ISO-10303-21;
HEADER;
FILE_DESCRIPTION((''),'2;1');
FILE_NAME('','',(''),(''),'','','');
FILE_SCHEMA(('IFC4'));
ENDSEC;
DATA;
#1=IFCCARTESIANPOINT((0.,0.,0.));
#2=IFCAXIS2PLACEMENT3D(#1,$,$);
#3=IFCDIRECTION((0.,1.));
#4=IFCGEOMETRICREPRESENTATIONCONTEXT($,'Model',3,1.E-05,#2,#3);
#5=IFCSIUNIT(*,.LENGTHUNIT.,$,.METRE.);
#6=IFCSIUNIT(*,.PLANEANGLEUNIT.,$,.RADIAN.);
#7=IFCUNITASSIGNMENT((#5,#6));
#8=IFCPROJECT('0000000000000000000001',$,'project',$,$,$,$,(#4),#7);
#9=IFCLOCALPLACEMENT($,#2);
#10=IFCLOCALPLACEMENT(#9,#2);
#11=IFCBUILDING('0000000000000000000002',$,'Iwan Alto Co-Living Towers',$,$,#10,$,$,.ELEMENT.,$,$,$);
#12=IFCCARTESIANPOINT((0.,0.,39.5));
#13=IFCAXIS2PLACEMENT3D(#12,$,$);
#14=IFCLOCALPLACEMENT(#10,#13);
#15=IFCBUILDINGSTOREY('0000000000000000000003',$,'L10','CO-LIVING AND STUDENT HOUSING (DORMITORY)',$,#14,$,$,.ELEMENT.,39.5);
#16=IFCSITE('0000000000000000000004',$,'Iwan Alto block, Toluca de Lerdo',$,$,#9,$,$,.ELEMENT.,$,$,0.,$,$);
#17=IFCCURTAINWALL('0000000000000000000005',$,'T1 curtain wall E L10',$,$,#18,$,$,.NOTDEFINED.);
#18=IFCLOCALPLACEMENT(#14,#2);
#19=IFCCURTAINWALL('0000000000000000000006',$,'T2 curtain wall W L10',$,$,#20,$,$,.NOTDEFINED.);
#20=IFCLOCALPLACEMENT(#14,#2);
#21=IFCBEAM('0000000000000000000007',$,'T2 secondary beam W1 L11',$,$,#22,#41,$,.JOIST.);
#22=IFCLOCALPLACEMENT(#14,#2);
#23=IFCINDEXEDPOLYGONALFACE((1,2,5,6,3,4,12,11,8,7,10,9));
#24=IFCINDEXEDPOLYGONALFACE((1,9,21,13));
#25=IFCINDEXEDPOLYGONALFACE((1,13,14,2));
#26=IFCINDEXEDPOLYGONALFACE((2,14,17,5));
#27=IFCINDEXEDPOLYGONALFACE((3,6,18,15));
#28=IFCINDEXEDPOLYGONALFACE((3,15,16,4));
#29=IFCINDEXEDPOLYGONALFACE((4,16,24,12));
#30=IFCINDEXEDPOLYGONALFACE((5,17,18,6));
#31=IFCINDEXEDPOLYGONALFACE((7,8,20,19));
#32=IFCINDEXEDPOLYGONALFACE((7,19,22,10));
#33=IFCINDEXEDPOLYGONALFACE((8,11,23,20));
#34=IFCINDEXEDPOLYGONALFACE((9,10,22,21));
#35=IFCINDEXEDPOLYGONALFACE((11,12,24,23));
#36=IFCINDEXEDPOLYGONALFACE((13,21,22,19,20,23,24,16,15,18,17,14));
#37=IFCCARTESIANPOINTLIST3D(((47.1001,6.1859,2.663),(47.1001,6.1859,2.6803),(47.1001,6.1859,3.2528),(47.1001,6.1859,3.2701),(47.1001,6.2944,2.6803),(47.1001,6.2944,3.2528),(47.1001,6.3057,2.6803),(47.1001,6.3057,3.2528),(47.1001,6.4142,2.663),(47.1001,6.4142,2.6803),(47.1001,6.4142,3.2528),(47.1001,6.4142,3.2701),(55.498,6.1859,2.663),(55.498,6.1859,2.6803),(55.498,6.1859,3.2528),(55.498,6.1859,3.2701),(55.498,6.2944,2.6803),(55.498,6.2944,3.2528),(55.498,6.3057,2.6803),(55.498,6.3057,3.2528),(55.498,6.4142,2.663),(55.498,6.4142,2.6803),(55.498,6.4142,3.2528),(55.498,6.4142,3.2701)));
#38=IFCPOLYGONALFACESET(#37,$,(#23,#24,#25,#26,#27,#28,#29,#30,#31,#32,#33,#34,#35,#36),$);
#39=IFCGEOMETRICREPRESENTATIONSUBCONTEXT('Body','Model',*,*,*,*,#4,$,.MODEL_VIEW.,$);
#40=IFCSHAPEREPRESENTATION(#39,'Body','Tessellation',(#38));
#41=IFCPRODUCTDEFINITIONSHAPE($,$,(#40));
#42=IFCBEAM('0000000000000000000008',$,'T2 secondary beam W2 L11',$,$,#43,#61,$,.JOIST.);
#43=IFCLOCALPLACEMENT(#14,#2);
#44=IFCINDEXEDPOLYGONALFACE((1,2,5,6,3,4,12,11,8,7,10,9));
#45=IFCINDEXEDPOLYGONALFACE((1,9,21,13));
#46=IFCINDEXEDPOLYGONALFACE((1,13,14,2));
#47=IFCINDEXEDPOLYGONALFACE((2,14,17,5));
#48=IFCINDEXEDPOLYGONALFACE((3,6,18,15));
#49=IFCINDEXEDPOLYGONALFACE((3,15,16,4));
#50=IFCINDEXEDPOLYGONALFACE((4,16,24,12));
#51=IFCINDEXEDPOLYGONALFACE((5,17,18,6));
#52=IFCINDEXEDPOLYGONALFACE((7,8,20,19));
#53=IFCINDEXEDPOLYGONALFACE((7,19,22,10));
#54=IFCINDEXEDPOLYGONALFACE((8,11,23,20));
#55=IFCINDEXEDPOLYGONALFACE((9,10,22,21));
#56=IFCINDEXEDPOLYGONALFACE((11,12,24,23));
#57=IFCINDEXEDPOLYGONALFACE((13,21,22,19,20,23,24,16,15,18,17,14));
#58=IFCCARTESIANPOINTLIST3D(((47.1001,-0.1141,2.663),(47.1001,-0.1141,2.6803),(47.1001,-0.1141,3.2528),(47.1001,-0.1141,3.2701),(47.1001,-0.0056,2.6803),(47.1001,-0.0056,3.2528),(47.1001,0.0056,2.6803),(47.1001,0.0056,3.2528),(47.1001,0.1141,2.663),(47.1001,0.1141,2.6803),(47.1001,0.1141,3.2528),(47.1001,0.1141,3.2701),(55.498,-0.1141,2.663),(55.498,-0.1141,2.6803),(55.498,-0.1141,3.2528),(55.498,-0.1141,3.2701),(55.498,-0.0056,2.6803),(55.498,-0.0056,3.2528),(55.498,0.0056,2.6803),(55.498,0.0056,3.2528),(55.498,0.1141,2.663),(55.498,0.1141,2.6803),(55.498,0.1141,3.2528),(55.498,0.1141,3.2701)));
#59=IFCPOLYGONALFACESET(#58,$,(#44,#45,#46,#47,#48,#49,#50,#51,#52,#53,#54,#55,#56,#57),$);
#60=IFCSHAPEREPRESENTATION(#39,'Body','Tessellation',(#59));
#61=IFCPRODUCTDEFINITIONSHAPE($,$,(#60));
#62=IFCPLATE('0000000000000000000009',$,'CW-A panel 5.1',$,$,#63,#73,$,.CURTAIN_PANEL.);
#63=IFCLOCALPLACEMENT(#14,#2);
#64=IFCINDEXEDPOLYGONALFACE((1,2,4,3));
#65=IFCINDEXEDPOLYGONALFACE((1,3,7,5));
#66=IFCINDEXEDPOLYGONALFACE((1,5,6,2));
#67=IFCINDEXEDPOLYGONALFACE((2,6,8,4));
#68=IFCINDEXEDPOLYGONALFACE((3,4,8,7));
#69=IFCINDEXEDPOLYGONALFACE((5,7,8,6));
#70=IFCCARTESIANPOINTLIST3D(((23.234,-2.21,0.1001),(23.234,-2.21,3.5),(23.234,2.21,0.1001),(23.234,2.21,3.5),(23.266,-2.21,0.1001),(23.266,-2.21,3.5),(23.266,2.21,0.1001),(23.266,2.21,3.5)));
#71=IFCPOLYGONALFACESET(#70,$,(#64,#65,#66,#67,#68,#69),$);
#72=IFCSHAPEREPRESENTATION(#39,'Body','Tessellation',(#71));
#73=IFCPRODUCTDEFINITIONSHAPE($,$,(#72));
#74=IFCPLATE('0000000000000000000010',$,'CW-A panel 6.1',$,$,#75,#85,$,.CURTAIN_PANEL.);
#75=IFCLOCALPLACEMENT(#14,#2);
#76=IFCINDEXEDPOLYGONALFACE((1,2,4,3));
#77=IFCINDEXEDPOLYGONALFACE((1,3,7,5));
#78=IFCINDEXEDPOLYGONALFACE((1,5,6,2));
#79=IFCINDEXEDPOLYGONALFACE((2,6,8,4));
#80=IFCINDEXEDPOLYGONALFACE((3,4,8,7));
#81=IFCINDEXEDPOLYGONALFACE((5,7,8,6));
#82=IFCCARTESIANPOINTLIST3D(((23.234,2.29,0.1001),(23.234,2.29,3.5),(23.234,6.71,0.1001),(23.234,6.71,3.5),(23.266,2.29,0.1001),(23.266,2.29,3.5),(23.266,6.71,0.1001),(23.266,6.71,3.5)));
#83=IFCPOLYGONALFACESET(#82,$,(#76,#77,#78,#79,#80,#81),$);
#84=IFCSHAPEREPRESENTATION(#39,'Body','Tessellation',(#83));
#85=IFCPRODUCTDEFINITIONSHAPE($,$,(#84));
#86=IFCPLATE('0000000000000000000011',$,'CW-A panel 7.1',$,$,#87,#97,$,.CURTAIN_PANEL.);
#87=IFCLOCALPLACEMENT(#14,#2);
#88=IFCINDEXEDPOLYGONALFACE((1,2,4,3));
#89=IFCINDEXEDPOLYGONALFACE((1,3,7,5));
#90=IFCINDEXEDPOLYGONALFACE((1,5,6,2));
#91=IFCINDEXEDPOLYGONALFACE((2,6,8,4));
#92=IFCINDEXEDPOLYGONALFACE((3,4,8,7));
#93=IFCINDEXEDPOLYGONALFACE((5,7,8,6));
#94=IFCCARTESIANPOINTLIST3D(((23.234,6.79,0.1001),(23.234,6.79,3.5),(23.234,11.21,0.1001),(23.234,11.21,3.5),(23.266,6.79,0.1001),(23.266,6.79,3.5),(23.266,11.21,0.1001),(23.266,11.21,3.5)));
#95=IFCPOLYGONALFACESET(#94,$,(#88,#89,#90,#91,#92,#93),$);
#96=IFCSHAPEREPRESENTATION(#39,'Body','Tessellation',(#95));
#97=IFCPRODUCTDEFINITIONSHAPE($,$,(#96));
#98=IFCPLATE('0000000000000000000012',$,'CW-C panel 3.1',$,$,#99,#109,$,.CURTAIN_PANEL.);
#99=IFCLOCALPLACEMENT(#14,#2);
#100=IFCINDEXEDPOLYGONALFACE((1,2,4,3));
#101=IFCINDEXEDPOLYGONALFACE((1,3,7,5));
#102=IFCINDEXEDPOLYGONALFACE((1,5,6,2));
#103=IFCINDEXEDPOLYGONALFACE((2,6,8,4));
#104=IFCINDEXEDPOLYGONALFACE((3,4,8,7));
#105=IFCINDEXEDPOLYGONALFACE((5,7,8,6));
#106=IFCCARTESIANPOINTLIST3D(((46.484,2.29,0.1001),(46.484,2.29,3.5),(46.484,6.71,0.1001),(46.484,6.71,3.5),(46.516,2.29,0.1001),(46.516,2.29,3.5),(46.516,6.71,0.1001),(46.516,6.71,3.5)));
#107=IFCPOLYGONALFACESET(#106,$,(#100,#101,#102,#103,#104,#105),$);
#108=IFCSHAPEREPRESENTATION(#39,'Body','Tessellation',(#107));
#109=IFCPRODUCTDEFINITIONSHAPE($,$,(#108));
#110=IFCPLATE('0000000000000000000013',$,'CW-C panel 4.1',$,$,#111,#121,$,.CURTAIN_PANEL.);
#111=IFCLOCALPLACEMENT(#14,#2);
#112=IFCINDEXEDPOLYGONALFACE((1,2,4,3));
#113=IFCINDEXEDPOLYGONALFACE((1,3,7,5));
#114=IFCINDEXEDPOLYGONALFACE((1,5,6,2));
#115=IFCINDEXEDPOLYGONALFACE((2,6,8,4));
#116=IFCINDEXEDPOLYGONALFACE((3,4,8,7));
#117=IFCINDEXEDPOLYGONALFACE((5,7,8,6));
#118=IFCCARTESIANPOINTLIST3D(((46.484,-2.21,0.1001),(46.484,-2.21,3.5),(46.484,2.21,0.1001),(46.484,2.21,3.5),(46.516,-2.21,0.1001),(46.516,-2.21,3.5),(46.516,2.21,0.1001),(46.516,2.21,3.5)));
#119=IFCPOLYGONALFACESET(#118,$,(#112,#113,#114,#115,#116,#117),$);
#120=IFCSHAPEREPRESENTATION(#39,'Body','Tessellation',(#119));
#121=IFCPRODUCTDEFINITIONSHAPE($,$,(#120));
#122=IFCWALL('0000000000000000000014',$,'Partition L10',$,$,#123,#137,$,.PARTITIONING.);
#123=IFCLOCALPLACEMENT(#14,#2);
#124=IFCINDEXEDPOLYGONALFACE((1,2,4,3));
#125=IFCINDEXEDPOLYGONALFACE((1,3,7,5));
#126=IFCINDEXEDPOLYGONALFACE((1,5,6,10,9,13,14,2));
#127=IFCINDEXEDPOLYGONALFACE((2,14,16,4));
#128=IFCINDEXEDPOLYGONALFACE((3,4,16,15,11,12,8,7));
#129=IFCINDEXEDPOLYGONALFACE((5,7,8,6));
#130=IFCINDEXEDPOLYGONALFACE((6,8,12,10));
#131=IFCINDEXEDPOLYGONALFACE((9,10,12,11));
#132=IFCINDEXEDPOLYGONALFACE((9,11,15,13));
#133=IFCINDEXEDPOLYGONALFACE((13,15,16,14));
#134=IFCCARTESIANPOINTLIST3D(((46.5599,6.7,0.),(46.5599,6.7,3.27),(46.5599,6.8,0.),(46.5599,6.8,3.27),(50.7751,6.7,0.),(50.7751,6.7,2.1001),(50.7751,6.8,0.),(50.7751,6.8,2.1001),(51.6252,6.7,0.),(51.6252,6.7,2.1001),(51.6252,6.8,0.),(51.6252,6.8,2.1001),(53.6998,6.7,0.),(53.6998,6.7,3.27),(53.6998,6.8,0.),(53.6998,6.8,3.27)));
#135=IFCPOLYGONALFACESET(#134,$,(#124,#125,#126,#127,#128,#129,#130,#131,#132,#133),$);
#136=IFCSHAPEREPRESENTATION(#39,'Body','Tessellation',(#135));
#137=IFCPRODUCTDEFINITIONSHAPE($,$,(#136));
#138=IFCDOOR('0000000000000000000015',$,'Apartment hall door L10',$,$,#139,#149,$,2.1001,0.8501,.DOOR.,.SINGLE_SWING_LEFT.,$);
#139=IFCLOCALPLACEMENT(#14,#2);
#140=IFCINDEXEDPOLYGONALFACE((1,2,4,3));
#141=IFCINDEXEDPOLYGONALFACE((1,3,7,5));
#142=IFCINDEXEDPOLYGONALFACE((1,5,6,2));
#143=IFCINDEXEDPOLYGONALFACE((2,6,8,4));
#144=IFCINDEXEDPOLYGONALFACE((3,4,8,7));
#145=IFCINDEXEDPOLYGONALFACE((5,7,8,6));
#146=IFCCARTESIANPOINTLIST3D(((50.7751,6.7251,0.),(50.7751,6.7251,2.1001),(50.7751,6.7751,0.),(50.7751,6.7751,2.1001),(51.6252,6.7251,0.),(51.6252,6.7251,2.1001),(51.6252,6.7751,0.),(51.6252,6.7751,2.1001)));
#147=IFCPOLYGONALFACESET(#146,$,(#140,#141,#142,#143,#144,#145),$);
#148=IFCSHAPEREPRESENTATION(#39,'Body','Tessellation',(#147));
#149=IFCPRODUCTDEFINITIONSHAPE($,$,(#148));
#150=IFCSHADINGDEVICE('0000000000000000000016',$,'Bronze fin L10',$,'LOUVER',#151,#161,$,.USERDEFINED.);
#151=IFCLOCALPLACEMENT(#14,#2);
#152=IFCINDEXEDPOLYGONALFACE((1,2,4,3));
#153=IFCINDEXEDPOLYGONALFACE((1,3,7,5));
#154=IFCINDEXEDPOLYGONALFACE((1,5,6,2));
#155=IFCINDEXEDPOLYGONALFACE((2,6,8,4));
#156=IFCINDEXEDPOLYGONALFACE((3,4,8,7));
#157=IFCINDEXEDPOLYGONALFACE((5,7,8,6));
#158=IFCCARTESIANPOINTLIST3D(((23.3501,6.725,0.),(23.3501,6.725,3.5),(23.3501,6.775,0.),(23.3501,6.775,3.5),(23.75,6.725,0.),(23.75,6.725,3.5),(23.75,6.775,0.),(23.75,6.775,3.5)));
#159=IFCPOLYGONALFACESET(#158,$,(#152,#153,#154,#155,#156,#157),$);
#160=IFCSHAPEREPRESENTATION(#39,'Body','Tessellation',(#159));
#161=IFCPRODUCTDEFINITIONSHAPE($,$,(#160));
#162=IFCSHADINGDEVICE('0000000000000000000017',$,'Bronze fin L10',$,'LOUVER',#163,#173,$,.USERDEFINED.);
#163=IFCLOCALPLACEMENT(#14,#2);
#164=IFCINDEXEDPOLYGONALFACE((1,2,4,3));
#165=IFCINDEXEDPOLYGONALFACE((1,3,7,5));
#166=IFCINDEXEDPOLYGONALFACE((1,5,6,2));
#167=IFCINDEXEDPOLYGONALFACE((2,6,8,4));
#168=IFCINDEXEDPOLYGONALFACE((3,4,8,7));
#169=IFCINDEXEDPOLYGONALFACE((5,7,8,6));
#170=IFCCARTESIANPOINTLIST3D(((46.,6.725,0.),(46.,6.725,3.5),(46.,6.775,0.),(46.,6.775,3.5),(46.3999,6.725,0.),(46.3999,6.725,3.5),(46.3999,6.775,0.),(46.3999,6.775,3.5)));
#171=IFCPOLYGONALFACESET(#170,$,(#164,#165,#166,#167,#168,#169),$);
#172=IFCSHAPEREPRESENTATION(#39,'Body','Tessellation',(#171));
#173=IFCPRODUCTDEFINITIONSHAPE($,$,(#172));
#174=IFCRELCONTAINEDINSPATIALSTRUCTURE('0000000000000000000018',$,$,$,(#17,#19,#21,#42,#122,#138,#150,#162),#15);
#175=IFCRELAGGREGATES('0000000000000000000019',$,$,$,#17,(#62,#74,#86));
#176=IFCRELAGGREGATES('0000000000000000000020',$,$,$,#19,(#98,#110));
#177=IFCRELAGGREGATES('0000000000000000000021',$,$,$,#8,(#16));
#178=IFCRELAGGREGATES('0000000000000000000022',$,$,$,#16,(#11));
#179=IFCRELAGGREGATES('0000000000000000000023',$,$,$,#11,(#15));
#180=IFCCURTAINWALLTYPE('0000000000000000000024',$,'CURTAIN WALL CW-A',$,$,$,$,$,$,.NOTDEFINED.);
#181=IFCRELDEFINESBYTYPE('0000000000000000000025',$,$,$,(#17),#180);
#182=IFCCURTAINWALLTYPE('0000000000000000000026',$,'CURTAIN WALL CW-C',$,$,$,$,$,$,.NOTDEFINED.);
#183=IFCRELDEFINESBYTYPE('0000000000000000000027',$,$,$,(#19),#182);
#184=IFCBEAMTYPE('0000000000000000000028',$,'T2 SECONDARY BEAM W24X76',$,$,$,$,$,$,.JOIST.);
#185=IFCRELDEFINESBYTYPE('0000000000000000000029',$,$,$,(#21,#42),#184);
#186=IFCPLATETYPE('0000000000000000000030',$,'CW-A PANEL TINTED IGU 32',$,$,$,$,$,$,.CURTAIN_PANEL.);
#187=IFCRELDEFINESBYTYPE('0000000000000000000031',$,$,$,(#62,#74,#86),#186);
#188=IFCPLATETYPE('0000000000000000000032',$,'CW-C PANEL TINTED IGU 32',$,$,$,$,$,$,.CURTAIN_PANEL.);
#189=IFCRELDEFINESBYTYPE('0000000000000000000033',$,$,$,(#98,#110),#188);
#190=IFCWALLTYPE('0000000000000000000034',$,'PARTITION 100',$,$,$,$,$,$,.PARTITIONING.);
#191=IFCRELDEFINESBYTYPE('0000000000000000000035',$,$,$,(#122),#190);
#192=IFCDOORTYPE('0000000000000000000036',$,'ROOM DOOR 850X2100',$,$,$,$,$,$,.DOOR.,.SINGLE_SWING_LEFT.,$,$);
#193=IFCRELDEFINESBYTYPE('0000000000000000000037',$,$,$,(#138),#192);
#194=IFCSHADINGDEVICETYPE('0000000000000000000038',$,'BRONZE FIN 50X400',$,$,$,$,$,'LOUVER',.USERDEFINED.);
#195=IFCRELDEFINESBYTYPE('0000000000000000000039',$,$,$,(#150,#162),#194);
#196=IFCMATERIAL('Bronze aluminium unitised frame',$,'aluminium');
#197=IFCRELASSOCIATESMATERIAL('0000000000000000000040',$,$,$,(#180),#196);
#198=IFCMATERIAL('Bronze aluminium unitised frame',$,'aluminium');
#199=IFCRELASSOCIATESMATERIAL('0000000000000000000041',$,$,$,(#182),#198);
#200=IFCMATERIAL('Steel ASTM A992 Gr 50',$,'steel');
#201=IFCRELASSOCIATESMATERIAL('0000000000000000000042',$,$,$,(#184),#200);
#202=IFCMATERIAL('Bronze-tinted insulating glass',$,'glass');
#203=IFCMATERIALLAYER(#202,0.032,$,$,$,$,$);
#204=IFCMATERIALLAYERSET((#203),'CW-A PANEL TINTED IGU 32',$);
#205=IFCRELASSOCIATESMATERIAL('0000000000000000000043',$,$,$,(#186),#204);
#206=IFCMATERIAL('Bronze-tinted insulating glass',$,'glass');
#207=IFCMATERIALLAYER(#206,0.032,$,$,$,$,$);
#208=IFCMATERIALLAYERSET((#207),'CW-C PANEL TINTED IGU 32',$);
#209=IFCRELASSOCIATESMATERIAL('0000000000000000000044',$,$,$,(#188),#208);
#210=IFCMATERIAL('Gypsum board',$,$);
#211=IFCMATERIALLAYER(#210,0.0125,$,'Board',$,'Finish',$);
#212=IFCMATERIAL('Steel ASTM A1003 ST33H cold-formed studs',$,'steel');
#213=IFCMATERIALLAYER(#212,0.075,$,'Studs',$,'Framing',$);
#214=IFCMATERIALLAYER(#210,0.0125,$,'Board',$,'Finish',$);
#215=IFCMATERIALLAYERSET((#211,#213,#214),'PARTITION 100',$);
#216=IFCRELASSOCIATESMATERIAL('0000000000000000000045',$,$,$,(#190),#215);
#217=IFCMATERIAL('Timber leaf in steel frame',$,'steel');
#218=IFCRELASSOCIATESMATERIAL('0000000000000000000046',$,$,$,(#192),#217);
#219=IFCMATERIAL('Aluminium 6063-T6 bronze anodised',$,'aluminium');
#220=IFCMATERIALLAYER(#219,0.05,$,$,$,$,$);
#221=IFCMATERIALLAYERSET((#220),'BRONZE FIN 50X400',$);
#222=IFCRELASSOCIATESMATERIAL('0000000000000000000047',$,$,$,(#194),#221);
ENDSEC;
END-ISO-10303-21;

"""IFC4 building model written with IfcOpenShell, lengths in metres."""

from ifc_helpers import new_model, si_unit, direction, frame, frame_2d, origin, origin_2d, place, context, subcontext, project, spatial, rectangle, i_section, extrude, material, layer, layer_set, material_profile, profile_set, type_object, element, fill, aggregate, save


model = new_model("IFC4")

# Units and contexts
model_context = context("Model", 3, precision=1e-05, world=origin(), true_north=direction((0.0, 1.0)))
body_context = subcontext(model_context, "Body", "Model", "MODEL_VIEW")
ifc_project = project(units=[si_unit("LENGTHUNIT", "METRE"), si_unit("PLANEANGLEUNIT", "RADIAN")], contexts=[model_context])

# Site, building, storey
site_placement = place(None, origin())
site = spatial("IfcSite", under=ifc_project, at=site_placement, Name="Iwan Alto block, Toluca de Lerdo", CompositionType="ELEMENT", RefElevation=0.0)
building_placement = place(site_placement, origin())
building = spatial("IfcBuilding", under=site, at=building_placement, Name="Iwan Alto Co-Living Towers", CompositionType="ELEMENT")
storey_placement = place(building_placement, frame((0.0, 0.0, 39.5)))
storey = spatial("IfcBuildingStorey", under=building, at=storey_placement, Name="L10", Description="CO-LIVING AND STUDENT HOUSING (DORMITORY)", CompositionType="ELEMENT", Elevation=39.5)

# Curtain walls
ifc_material_1 = material(Name="Bronze aluminium unitised frame", Category="aluminium")
curtain_wall_type_1 = type_object("IfcCurtainWallType", Name="CURTAIN WALL CW-A", PredefinedType="NOTDEFINED", material=ifc_material_1)
curtain_wall_1_placement = place(storey_placement, origin())
curtain_wall_1 = element("IfcCurtainWall", 1, at=curtain_wall_1_placement, inside=storey, type_object=curtain_wall_type_1, Name="T1 curtain wall E L10", PredefinedType="NOTDEFINED")
ifc_material_2 = material(Name="Bronze aluminium unitised frame", Category="aluminium")
curtain_wall_type_2 = type_object("IfcCurtainWallType", Name="CURTAIN WALL CW-C", PredefinedType="NOTDEFINED", material=ifc_material_2)
curtain_wall_2_placement = place(storey_placement, origin())
curtain_wall_2 = element("IfcCurtainWall", 2, at=curtain_wall_2_placement, inside=storey, type_object=curtain_wall_type_2, Name="T2 curtain wall W L10", PredefinedType="NOTDEFINED")

# Beams
ifc_material_3 = material(Name="Steel ASTM A992 Gr 50", Category="steel")
ifc_material_profile_1 = material_profile(ifc_material_3, i_section(OverallWidth=0.2283, OverallDepth=0.6072, WebThickness=0.0112, FlangeThickness=0.0173, at=origin_2d()), Name="W24X76")
ifc_profile_set_1 = profile_set([ifc_material_profile_1], Name="Steel ASTM A992 Gr 50")
beam_type_1 = type_object("IfcBeamType", Name="T2 SECONDARY BEAM W24X76", PredefinedType="JOIST", material=ifc_profile_set_1)
for number, where, z_axis, x_axis, name in (
    (3, (47.1001, 6.3, 2.9666), (1.0, 0.0, 0.0), (0.0, 1.0, 0.0), "T2 secondary beam W1 L11"),
    (4, (47.1001, 0.0, 2.9666), (1.0, 0.0, 0.0), (0.0, 1.0, 0.0), "T2 secondary beam W2 L11"),
):
    element("IfcBeam", number, at=place(storey_placement, frame(where, z_axis=z_axis, x_axis=x_axis)), inside=storey, type_object=beam_type_1, Name=name, PredefinedType="JOIST", context=body_context, shape_type="SweptSolid", body=[
        extrude(i_section(OverallWidth=0.2283, OverallDepth=0.6072, WebThickness=0.0112, FlangeThickness=0.0173, at=origin_2d()), origin(), (0.0, 0.0, 1.0), 8.3979),
    ])

# Plates
ifc_material_4 = material(Name="Bronze-tinted insulating glass", Category="glass")
ifc_layer_1 = layer(ifc_material_4, 0.032)
ifc_layer_set_1 = layer_set([ifc_layer_1], Name="CW-A PANEL TINTED IGU 32")
plate_type_1 = type_object("IfcPlateType", Name="CW-A PANEL TINTED IGU 32", PredefinedType="CURTAIN_PANEL", material=ifc_layer_set_1)
plate_1_placement = place(storey_placement, frame((23.25, 0.0, 0.1001), z_axis=(0.0, 0.0, 1.0), x_axis=(0.0, 1.0, 0.0)))
plate_1 = element("IfcPlate", 5, at=plate_1_placement, type_object=plate_type_1, Name="CW-A panel 5.1", PredefinedType="CURTAIN_PANEL", context=body_context, shape_type="SweptSolid", body=[
    extrude(rectangle(XDim=4.4199, YDim=0.032, at=origin_2d()), origin(), (0.0, 0.0, 1.0), 3.3999),
])
plate_2_placement = place(storey_placement, frame((23.25, 4.5, 0.1001), z_axis=(0.0, 0.0, 1.0), x_axis=(0.0, 1.0, 0.0)))
plate_2 = element("IfcPlate", 6, at=plate_2_placement, type_object=plate_type_1, Name="CW-A panel 6.1", PredefinedType="CURTAIN_PANEL", context=body_context, shape_type="SweptSolid", body=[
    extrude(rectangle(XDim=4.4199, YDim=0.032, at=origin_2d()), origin(), (0.0, 0.0, 1.0), 3.3999),
])
plate_3_placement = place(storey_placement, frame((23.25, 9.0, 0.1001), z_axis=(0.0, 0.0, 1.0), x_axis=(0.0, 1.0, 0.0)))
plate_3 = element("IfcPlate", 7, at=plate_3_placement, type_object=plate_type_1, Name="CW-A panel 7.1", PredefinedType="CURTAIN_PANEL", context=body_context, shape_type="SweptSolid", body=[
    extrude(rectangle(XDim=4.4199, YDim=0.032, at=origin_2d()), origin(), (0.0, 0.0, 1.0), 3.3999),
])
aggregate(curtain_wall_1, [plate_1, plate_2, plate_3])
ifc_material_5 = material(Name="Bronze-tinted insulating glass", Category="glass")
ifc_layer_2 = layer(ifc_material_5, 0.032)
ifc_layer_set_2 = layer_set([ifc_layer_2], Name="CW-C PANEL TINTED IGU 32")
plate_type_2 = type_object("IfcPlateType", Name="CW-C PANEL TINTED IGU 32", PredefinedType="CURTAIN_PANEL", material=ifc_layer_set_2)
plate_4_placement = place(storey_placement, frame((46.5, 4.5, 0.1001), z_axis=(0.0, 0.0, 1.0), x_axis=(0.0, -1.0, 0.0)))
plate_4 = element("IfcPlate", 8, at=plate_4_placement, type_object=plate_type_2, Name="CW-C panel 3.1", PredefinedType="CURTAIN_PANEL", context=body_context, shape_type="SweptSolid", body=[
    extrude(rectangle(XDim=4.4199, YDim=0.032, at=origin_2d()), origin(), (0.0, 0.0, 1.0), 3.3999),
])
plate_5_placement = place(storey_placement, frame((46.5, 0.0, 0.1001), z_axis=(0.0, 0.0, 1.0), x_axis=(0.0, -1.0, 0.0)))
plate_5 = element("IfcPlate", 9, at=plate_5_placement, type_object=plate_type_2, Name="CW-C panel 4.1", PredefinedType="CURTAIN_PANEL", context=body_context, shape_type="SweptSolid", body=[
    extrude(rectangle(XDim=4.4199, YDim=0.032, at=origin_2d()), origin(), (0.0, 0.0, 1.0), 3.3999),
])
aggregate(curtain_wall_2, [plate_4, plate_5])

# Wall, opening, door
ifc_material_6 = material(Name="Gypsum board")
ifc_layer_3 = layer(ifc_material_6, 0.0125, Name="Board", Category="Finish")
ifc_material_7 = material(Name="Steel ASTM A1003 ST33H cold-formed studs", Category="steel")
ifc_layer_4 = layer(ifc_material_7, 0.075, Name="Studs", Category="Framing")
ifc_layer_5 = layer(ifc_material_6, 0.0125, Name="Board", Category="Finish")
ifc_layer_set_3 = layer_set([ifc_layer_3, ifc_layer_4, ifc_layer_5], Name="PARTITION 100")
wall_type = type_object("IfcWallType", Name="PARTITION 100", PredefinedType="PARTITIONING", material=ifc_layer_set_3)
wall_placement = place(storey_placement, frame((46.5601, 6.75, 0.0), z_axis=(0.0, 0.0, 1.0), x_axis=(1.0, 0.0, 0.0)))
wall = element("IfcWall", 10, at=wall_placement, inside=storey, type_object=wall_type, Name="Partition L10", PredefinedType="PARTITIONING", context=body_context, shape_type="SweptSolid", body=[
    extrude(rectangle(XDim=7.1399, YDim=0.1001, at=frame_2d((3.5698, 0.0))), origin(), (0.0, 0.0, 1.0), 3.27),
])
opening_placement = place(wall_placement, frame((4.2151, 0.0, 0.0)))
opening = element("IfcOpeningElement", 11, at=opening_placement, cuts=wall, PredefinedType="OPENING", context=body_context, shape_type="SweptSolid", body=[
    extrude(rectangle(XDim=0.8501, YDim=2.1001, at=frame_2d((0.425, 1.05))), frame((0.0, 0.0601, 0.0), z_axis=(0.0, -1.0, 0.0), x_axis=(1.0, 0.0, 0.0)), (0.0, 0.0, 1.0), 0.1201),
])
ifc_material_8 = material(Name="Timber leaf in steel frame", Category="steel")
door_type = type_object("IfcDoorType", Name="ROOM DOOR 850X2100", OperationType="SINGLE_SWING_LEFT", PredefinedType="DOOR", material=ifc_material_8)
door_placement = place(opening_placement, frame((0.8501, 0.0, 0.0), z_axis=(0.0, 0.0, 1.0), x_axis=(-1.0, 0.0, 0.0)))
door = element("IfcDoor", 12, at=door_placement, inside=storey, type_object=door_type, Name="Apartment hall door L10", OperationType="SINGLE_SWING_LEFT", OverallHeight=2.1001, OverallWidth=0.8501, PredefinedType="DOOR", context=body_context, shape_type="SweptSolid", body=[
    extrude(rectangle(XDim=0.8501, YDim=2.1001, at=frame_2d((0.425, 1.05))), frame((0.0, 0.0249, 0.0), z_axis=(0.0, -1.0, 0.0), x_axis=(1.0, 0.0, 0.0)), (0.0, 0.0, 1.0), 0.05),
])
fill(opening, door)

# Shading devices
ifc_material_9 = material(Name="Aluminium 6063-T6 bronze anodised", Category="aluminium")
ifc_layer_6 = layer(ifc_material_9, 0.05)
ifc_layer_set_4 = layer_set([ifc_layer_6], Name="BRONZE FIN 50X400")
shading_device_type = type_object("IfcShadingDeviceType", Name="BRONZE FIN 50X400", ElementType="LOUVER", PredefinedType="USERDEFINED", material=ifc_layer_set_4)
for number, where, z_axis, x_axis, name in (
    (13, (23.55, 6.75, 0.0), (0.0, 0.0, 1.0), (0.0, 1.0, 0.0), "Bronze fin L10"),
    (14, (46.2, 6.75, 0.0), (0.0, 0.0, 1.0), (0.0, -1.0, 0.0), "Bronze fin L10"),
):
    element("IfcShadingDevice", number, at=place(storey_placement, frame(where, z_axis=z_axis, x_axis=x_axis)), inside=storey, type_object=shading_device_type, Name=name, ObjectType="LOUVER", PredefinedType="USERDEFINED", context=body_context, shape_type="SweptSolid", body=[
        extrude(rectangle(XDim=0.05, YDim=0.3999, at=origin_2d()), origin(), (0.0, 0.0, 1.0), 3.5),
    ])

save(model, "model.ifc")
